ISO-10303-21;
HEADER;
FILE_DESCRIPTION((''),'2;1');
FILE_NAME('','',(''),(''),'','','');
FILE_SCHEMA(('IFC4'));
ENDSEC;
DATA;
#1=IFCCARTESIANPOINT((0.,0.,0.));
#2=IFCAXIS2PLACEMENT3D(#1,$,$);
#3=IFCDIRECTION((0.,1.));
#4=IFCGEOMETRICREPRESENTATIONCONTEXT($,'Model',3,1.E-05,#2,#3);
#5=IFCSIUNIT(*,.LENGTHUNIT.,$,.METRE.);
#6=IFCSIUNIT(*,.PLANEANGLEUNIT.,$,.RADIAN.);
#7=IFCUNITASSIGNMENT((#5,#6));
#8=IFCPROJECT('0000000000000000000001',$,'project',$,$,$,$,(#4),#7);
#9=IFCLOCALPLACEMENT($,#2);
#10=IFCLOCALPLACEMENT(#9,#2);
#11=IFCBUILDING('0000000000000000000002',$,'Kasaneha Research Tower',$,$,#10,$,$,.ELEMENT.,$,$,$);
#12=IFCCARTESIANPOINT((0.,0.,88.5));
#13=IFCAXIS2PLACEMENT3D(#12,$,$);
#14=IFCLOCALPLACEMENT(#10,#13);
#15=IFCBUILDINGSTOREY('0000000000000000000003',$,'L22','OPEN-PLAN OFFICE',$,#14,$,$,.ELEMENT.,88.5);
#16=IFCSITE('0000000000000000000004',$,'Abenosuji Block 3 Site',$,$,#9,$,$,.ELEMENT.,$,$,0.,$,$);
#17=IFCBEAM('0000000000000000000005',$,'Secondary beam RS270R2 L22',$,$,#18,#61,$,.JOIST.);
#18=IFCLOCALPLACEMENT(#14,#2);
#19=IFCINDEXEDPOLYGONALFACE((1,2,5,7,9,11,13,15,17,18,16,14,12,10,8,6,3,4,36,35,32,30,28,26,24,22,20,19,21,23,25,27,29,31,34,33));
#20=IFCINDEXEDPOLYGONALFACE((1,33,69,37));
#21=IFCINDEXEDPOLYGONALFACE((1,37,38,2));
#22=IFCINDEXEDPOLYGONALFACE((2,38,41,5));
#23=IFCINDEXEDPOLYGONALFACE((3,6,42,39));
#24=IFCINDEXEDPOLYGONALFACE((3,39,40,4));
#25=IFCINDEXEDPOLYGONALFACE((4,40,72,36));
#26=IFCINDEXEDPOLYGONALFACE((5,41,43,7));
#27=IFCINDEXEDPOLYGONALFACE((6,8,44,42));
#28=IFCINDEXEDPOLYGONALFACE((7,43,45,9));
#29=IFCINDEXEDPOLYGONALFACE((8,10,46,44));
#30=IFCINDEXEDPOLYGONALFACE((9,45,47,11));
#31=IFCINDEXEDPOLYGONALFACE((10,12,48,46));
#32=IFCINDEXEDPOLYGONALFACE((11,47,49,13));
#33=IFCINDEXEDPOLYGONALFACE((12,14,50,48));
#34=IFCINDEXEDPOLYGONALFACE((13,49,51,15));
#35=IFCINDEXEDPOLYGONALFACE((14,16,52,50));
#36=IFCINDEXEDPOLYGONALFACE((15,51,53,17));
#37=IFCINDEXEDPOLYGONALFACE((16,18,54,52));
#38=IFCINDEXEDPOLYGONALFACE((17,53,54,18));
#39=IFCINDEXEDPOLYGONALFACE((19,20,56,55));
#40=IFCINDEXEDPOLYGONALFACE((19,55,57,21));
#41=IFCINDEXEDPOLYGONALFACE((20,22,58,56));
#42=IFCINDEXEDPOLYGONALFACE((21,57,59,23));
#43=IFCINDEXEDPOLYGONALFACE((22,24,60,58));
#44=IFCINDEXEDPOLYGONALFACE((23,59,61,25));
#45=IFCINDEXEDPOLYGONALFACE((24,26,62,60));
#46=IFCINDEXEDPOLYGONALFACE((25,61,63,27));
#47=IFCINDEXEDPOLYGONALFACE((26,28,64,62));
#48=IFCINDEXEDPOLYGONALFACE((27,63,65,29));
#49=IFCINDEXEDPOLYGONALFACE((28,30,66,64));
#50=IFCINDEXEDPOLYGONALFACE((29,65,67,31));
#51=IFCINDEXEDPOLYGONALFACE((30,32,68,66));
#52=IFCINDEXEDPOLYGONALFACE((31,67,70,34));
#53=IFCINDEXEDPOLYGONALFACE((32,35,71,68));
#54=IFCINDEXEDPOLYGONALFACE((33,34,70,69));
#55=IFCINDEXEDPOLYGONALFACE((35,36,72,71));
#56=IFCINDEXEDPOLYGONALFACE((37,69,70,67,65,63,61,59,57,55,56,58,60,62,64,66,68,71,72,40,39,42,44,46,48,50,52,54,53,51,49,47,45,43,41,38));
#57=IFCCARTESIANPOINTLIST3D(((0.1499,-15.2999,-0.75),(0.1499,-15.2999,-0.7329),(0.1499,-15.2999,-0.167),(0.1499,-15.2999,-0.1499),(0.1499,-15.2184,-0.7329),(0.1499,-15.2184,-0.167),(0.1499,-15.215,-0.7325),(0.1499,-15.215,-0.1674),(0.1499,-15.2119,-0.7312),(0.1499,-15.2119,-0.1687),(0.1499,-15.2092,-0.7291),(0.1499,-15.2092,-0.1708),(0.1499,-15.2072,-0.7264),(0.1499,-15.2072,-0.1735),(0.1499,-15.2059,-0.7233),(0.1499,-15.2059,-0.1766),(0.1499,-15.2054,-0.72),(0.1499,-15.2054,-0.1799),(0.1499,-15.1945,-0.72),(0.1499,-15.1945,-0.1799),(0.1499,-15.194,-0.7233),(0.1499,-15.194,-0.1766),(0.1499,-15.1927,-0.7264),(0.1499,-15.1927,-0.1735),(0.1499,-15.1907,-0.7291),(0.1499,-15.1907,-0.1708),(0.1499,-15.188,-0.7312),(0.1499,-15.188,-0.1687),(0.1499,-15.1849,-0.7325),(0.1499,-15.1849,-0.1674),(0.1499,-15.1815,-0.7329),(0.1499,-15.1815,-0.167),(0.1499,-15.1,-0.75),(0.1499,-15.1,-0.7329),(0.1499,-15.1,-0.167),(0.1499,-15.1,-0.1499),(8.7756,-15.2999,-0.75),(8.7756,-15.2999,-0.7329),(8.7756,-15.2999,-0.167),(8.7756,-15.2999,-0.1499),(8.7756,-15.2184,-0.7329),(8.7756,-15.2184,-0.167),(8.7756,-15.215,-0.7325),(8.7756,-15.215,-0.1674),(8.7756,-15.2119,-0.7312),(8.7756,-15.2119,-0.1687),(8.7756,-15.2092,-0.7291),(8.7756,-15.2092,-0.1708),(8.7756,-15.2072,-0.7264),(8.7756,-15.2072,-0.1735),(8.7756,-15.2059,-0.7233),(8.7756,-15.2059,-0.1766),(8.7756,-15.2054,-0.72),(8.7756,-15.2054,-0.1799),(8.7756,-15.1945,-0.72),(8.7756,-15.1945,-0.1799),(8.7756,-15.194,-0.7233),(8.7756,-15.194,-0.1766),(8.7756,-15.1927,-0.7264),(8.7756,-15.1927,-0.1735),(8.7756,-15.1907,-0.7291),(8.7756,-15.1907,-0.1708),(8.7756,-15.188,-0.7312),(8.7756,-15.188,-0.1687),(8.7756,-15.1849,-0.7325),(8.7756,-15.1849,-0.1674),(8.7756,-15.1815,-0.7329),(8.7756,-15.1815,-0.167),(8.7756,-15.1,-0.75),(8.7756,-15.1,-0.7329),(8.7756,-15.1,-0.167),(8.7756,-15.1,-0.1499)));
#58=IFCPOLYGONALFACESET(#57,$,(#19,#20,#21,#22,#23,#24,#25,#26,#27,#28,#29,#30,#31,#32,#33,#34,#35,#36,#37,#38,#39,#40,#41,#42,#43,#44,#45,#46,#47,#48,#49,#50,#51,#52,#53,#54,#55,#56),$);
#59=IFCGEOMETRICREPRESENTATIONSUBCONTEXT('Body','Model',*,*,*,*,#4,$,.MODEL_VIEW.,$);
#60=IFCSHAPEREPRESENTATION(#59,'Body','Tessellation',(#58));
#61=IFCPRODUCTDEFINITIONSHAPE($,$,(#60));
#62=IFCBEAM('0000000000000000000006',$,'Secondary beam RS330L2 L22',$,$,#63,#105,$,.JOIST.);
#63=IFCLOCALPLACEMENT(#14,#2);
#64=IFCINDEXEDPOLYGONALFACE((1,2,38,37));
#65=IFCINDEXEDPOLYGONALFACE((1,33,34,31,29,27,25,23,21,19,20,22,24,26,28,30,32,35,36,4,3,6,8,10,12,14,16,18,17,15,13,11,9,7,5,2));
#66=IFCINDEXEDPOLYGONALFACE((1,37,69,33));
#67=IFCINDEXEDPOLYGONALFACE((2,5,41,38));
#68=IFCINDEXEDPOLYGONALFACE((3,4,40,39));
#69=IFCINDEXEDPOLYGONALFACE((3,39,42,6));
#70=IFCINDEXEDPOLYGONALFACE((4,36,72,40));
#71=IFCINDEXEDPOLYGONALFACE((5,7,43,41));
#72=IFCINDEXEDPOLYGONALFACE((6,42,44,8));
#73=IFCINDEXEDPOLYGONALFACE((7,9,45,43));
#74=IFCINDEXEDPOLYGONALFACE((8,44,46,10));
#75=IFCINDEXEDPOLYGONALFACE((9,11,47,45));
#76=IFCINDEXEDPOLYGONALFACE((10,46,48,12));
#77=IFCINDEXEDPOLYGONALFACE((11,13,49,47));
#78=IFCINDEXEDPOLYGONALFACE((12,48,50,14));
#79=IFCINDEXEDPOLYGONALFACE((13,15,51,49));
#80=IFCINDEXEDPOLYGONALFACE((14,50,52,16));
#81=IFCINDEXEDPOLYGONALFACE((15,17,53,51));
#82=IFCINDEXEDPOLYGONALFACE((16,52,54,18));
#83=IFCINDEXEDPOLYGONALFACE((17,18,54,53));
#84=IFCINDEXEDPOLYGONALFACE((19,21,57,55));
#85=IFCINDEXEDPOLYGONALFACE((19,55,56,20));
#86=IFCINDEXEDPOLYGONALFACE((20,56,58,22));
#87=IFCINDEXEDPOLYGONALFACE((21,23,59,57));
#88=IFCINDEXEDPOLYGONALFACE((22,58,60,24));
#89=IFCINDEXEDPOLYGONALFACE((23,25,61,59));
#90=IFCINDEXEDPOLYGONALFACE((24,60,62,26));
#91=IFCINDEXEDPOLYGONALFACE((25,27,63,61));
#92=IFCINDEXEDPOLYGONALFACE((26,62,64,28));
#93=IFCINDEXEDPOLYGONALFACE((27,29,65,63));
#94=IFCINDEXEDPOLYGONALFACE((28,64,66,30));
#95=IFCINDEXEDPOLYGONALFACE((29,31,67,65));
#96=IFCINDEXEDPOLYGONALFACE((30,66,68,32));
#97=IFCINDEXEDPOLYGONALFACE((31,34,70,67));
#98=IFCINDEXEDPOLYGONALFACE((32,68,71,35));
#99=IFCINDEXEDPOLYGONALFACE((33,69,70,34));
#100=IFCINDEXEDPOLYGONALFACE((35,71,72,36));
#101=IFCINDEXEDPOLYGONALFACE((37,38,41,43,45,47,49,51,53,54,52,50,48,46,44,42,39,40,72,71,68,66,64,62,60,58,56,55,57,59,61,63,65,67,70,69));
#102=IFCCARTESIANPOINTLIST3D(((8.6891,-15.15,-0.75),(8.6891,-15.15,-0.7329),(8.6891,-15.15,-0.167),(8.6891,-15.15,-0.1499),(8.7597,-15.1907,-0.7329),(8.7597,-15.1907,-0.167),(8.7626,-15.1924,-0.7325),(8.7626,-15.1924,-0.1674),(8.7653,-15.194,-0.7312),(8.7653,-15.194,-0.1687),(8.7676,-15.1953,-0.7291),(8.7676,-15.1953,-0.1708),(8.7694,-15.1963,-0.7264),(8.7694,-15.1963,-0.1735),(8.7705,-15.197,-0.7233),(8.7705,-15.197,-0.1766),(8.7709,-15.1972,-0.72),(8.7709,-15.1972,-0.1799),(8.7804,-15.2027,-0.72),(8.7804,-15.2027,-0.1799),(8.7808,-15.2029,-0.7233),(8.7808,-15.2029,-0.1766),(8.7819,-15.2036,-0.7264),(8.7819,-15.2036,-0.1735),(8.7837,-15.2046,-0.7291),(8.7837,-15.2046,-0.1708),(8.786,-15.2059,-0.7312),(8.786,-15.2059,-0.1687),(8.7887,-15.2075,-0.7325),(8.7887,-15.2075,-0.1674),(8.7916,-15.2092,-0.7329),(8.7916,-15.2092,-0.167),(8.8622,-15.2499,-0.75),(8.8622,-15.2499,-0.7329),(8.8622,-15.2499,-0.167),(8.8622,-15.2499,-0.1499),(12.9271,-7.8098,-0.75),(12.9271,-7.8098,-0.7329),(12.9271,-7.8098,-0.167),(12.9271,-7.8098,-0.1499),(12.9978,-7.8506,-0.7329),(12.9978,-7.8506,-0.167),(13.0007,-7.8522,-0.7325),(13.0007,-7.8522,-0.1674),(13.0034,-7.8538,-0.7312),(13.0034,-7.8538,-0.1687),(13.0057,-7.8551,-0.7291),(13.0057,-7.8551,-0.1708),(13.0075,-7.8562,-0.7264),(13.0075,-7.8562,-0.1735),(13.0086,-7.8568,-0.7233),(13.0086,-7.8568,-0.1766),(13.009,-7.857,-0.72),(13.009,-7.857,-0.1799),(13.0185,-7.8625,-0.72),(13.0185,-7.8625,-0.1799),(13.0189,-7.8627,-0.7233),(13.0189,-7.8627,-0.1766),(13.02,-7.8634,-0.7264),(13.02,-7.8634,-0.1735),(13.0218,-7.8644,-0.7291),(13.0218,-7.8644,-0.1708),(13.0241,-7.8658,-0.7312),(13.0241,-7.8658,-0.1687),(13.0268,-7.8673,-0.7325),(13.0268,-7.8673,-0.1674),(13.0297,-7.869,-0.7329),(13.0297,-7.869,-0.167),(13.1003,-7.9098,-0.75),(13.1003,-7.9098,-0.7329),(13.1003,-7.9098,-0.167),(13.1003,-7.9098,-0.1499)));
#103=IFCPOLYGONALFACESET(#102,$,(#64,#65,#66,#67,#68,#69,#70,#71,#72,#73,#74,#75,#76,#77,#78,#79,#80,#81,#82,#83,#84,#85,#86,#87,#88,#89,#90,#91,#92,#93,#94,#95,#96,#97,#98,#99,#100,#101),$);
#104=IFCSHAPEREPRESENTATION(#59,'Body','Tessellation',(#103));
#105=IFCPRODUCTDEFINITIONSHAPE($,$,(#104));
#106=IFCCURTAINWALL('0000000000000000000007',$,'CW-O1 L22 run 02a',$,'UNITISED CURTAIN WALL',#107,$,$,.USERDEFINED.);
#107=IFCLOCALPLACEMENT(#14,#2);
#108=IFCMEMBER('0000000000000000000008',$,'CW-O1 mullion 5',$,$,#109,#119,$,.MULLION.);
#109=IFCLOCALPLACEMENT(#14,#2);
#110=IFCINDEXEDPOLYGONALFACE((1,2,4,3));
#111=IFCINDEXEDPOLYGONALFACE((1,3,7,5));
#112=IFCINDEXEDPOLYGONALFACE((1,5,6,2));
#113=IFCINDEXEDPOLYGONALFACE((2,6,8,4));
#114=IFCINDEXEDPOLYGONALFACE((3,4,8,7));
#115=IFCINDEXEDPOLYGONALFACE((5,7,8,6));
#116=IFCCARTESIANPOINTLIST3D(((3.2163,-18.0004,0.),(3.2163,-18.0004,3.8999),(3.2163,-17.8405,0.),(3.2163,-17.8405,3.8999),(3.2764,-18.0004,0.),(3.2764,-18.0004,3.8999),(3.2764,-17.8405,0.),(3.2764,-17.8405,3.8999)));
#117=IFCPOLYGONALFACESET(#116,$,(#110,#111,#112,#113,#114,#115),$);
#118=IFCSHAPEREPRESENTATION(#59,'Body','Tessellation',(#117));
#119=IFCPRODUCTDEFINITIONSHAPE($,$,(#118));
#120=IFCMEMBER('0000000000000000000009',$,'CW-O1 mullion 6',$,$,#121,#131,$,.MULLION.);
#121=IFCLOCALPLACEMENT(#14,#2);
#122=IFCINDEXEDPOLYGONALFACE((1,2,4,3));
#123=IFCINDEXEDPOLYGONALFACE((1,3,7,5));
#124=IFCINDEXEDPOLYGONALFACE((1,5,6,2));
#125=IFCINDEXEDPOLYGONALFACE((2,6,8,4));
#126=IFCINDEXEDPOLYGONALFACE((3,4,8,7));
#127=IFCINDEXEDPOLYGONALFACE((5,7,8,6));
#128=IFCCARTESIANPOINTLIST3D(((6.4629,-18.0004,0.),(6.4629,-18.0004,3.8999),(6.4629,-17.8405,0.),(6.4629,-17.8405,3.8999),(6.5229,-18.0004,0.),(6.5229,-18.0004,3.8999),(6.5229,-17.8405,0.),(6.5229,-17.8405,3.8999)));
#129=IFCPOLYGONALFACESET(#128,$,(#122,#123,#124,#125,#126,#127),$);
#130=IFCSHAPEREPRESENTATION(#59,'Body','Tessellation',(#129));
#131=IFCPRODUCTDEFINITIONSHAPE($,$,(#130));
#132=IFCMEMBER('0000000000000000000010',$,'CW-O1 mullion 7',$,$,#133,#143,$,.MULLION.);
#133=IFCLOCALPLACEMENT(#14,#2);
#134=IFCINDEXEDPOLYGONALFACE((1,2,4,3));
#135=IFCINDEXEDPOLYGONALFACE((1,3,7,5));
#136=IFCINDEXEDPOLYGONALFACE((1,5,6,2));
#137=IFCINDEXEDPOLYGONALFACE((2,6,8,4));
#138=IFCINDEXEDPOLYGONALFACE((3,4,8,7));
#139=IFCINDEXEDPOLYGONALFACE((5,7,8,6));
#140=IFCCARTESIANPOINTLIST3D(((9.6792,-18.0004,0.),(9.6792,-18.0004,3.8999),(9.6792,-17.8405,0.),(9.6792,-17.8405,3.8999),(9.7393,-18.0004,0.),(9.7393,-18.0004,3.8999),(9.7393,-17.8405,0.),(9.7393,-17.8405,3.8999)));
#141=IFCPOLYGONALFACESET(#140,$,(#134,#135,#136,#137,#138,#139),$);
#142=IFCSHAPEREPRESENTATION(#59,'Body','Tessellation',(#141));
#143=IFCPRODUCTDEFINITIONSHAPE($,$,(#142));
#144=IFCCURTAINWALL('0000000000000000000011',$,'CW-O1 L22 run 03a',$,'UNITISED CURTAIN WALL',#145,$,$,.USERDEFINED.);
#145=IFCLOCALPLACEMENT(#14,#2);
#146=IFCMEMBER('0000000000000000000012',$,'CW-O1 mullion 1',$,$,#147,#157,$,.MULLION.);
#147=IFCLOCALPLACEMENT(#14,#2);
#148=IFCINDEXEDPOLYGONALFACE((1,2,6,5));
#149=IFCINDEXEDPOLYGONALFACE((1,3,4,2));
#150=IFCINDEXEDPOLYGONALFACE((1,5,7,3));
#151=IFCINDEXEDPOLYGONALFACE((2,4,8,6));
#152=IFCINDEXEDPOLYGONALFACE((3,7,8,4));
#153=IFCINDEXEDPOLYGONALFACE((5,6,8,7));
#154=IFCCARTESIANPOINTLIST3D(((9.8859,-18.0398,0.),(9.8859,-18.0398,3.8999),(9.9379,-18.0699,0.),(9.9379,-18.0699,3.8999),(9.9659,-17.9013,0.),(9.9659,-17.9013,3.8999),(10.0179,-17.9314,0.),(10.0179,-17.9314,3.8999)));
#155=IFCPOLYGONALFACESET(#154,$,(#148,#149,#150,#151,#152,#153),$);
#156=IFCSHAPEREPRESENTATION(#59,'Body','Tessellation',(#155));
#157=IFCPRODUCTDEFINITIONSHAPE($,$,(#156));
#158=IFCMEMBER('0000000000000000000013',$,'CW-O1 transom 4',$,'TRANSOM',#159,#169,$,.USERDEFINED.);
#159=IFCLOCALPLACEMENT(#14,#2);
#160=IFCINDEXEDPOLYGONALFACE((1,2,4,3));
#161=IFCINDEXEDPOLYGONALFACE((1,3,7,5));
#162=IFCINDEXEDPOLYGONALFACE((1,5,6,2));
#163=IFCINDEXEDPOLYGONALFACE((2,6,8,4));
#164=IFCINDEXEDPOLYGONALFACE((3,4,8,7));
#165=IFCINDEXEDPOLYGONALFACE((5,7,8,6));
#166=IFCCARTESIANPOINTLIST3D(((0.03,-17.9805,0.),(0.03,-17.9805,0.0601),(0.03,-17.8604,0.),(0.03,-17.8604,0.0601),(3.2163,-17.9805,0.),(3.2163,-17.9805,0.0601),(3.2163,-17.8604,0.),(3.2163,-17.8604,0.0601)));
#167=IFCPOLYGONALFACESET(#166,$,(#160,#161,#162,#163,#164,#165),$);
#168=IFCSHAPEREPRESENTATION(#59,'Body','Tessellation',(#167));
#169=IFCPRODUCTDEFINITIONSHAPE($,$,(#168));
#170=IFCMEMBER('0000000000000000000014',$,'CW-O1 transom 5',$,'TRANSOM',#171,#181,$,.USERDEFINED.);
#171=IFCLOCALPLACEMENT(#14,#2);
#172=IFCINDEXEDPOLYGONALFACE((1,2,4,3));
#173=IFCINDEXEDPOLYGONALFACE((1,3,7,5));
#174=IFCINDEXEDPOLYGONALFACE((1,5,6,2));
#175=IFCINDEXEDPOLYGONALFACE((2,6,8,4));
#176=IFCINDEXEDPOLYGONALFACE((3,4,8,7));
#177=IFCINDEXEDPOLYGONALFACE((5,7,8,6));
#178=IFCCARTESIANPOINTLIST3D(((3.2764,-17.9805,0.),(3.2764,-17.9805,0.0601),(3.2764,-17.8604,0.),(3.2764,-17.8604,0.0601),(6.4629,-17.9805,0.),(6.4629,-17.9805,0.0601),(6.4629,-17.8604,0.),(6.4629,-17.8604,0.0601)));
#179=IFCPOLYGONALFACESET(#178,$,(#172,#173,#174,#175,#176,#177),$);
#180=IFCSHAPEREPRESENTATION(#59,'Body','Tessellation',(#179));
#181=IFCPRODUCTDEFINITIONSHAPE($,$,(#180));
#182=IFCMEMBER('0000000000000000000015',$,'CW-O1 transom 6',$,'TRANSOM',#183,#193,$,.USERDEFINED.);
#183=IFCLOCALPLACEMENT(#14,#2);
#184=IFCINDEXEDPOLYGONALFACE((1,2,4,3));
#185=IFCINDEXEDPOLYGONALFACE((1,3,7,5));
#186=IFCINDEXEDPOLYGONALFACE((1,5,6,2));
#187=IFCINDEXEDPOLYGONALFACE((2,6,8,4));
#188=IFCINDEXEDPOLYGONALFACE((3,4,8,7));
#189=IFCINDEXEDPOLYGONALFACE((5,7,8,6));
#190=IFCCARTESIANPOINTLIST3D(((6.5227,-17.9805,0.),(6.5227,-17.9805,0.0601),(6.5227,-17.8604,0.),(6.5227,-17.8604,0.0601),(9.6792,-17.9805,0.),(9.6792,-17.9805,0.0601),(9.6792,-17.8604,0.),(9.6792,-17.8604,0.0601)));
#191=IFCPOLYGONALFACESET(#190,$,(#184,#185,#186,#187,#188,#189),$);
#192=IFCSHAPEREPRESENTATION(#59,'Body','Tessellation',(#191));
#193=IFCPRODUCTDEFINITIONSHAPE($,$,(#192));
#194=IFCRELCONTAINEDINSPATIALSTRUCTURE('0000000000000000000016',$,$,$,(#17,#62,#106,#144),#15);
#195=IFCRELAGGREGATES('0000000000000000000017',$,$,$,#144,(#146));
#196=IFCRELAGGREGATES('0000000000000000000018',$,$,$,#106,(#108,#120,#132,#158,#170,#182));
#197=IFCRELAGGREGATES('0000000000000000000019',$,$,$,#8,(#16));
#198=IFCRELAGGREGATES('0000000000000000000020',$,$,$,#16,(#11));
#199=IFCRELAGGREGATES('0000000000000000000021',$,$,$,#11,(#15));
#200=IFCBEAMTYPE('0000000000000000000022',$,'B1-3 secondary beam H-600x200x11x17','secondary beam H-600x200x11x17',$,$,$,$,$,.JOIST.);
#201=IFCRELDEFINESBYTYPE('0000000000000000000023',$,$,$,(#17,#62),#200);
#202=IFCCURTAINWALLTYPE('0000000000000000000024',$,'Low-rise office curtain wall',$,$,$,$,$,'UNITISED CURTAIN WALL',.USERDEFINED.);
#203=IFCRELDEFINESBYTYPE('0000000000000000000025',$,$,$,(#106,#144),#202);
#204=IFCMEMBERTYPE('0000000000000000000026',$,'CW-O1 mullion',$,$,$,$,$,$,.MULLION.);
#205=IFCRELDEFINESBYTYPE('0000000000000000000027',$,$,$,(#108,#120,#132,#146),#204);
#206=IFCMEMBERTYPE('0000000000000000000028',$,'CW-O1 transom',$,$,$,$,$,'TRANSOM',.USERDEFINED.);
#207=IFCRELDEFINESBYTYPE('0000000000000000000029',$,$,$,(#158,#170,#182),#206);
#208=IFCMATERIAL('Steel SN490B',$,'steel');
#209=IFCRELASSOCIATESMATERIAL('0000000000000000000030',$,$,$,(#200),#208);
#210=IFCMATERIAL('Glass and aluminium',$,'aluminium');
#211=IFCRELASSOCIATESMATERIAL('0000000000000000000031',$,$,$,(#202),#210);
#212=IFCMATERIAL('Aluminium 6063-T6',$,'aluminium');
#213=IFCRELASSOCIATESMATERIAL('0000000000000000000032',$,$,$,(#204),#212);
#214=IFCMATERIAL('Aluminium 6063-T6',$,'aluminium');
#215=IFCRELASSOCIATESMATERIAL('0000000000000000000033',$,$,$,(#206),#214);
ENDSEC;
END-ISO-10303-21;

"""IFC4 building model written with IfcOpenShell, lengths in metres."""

from ifc_helpers import new_model, si_unit, direction, frame, origin, origin_2d, place, context, subcontext, project, spatial, rectangle, i_section, extrude, material, material_profile, profile_set, type_object, element, aggregate, save


model = new_model("IFC4")

# Units and contexts
model_context = context("Model", 3, precision=1e-05, world=origin(), true_north=direction((0.0, 1.0)))
body_context = subcontext(model_context, "Body", "Model", "MODEL_VIEW")
ifc_project = project(units=[si_unit("LENGTHUNIT", "METRE"), si_unit("PLANEANGLEUNIT", "RADIAN")], contexts=[model_context])

# Site, building, storey
site_placement = place(None, origin())
site = spatial("IfcSite", under=ifc_project, at=site_placement, Name="Abenosuji Block 3 Site", CompositionType="ELEMENT", RefElevation=0.0)
building_placement = place(site_placement, origin())
building = spatial("IfcBuilding", under=site, at=building_placement, Name="Kasaneha Research Tower", CompositionType="ELEMENT")
storey_placement = place(building_placement, frame((0.0, 0.0, 88.5)))
storey = spatial("IfcBuildingStorey", under=building, at=storey_placement, Name="L22", Description="OPEN-PLAN OFFICE", CompositionType="ELEMENT", Elevation=88.5)

# Beams
ifc_material_1 = material(Name="Steel SN490B", Category="steel")
ifc_material_profile_1 = material_profile(ifc_material_1, i_section(OverallWidth=0.2, OverallDepth=0.6001, WebThickness=0.011, FlangeThickness=0.0171, FilletRadius=0.0129, at=origin_2d()), Name="H-600x200x11x17")
ifc_profile_set_1 = profile_set([ifc_material_profile_1], Name="Steel SN490B")
beam_type = type_object("IfcBeamType", Name="B1-3 secondary beam H-600x200x11x17", Description="secondary beam H-600x200x11x17", PredefinedType="JOIST", material=ifc_profile_set_1)
beam_1_placement = place(storey_placement, frame((8.7756, -15.2, -0.45), z_axis=(-1.0, 0.0, 0.0), x_axis=(0.0, -1.0, 0.0)))
element("IfcBeam", 1, at=beam_1_placement, inside=storey, type_object=beam_type, Name="Secondary beam RS270R2 L22", PredefinedType="JOIST", context=body_context, shape_type="SweptSolid", body=[
    extrude(i_section(OverallWidth=0.2, OverallDepth=0.6001, WebThickness=0.011, FlangeThickness=0.0171, FilletRadius=0.0129, at=origin_2d()), origin(), (0.0, 0.0, 1.0), 8.6257),
])
beam_2_placement = place(storey_placement, frame((8.7756, -15.2, -0.45), z_axis=(0.500021, 0.866013, 0.0), x_axis=(-0.866013, 0.500021, 0.0)))
element("IfcBeam", 2, at=beam_2_placement, inside=storey, type_object=beam_type, Name="Secondary beam RS330L2 L22", PredefinedType="JOIST", context=body_context, shape_type="SweptSolid", body=[
    extrude(i_section(OverallWidth=0.2, OverallDepth=0.6001, WebThickness=0.011, FlangeThickness=0.0171, FilletRadius=0.0129, at=origin_2d()), origin(), (0.0, 0.0, 1.0), 8.4758),
])

# Curtain wall, members
ifc_material_2 = material(Name="Glass and aluminium", Category="aluminium")
curtain_wall_type = type_object("IfcCurtainWallType", Name="Low-rise office curtain wall", ElementType="UNITISED CURTAIN WALL", PredefinedType="USERDEFINED", material=ifc_material_2)
curtain_wall_1_placement = place(storey_placement, origin())
curtain_wall_1 = element("IfcCurtainWall", 3, at=curtain_wall_1_placement, inside=storey, type_object=curtain_wall_type, Name="CW-O1 L22 run 02a", ObjectType="UNITISED CURTAIN WALL", PredefinedType="USERDEFINED")
ifc_material_3 = material(Name="Aluminium 6063-T6", Category="aluminium")
ifc_material_profile_2 = material_profile(ifc_material_3, rectangle(XDim=0.0601, YDim=0.1599, at=origin_2d()), Name="CW-O1 mullion 60x160")
ifc_profile_set_2 = profile_set([ifc_material_profile_2], Name="Aluminium 6063-T6")
member_type_1 = type_object("IfcMemberType", Name="CW-O1 mullion", PredefinedType="MULLION", material=ifc_profile_set_2)
member_1_placement = place(storey_placement, frame((3.2463, -17.9204, 0.0), z_axis=(0.0, 0.0, 1.0), x_axis=(1.0, 0.0, 0.0)))
member_1 = element("IfcMember", 4, at=member_1_placement, type_object=member_type_1, Name="CW-O1 mullion 5", PredefinedType="MULLION", context=body_context, shape_type="SweptSolid", body=[
    extrude(rectangle(XDim=0.0601, YDim=0.1599, at=origin_2d()), origin(), (0.0, 0.0, 1.0), 3.8999),
])
member_2_placement = place(storey_placement, frame((6.4929, -17.9204, 0.0), z_axis=(0.0, 0.0, 1.0), x_axis=(1.0, 0.0, 0.0)))
member_2 = element("IfcMember", 5, at=member_2_placement, type_object=member_type_1, Name="CW-O1 mullion 6", PredefinedType="MULLION", context=body_context, shape_type="SweptSolid", body=[
    extrude(rectangle(XDim=0.0601, YDim=0.1599, at=origin_2d()), origin(), (0.0, 0.0, 1.0), 3.8999),
])
member_3_placement = place(storey_placement, frame((9.7092, -17.9204, 0.0), z_axis=(0.0, 0.0, 1.0), x_axis=(1.0, 0.0, 0.0)))
member_3 = element("IfcMember", 6, at=member_3_placement, type_object=member_type_1, Name="CW-O1 mullion 7", PredefinedType="MULLION", context=body_context, shape_type="SweptSolid", body=[
    extrude(rectangle(XDim=0.0601, YDim=0.1599, at=origin_2d()), origin(), (0.0, 0.0, 1.0), 3.8999),
])

# Curtain wall, member
curtain_wall_2_placement = place(storey_placement, origin())
curtain_wall_2 = element("IfcCurtainWall", 7, at=curtain_wall_2_placement, inside=storey, type_object=curtain_wall_type, Name="CW-O1 L22 run 03a", ObjectType="UNITISED CURTAIN WALL", PredefinedType="USERDEFINED")
member_4_placement = place(storey_placement, frame((9.9519, -17.9856, 0.0), z_axis=(0.0, 0.0, 1.0), x_axis=(0.866025, -0.5, 0.0)))
member_4 = element("IfcMember", 8, at=member_4_placement, type_object=member_type_1, Name="CW-O1 mullion 1", PredefinedType="MULLION", context=body_context, shape_type="SweptSolid", body=[
    extrude(rectangle(XDim=0.0601, YDim=0.1599, at=origin_2d()), origin(), (0.0, 0.0, 1.0), 3.8999),
])
aggregate(curtain_wall_2, [member_4])

# Members
ifc_material_4 = material(Name="Aluminium 6063-T6", Category="aluminium")
ifc_material_profile_3 = material_profile(ifc_material_4, rectangle(XDim=0.1201, YDim=0.0601, at=origin_2d()), Name="CW-O1 transom 120x60")
ifc_profile_set_3 = profile_set([ifc_material_profile_3], Name="Aluminium 6063-T6")
member_type_2 = type_object("IfcMemberType", Name="CW-O1 transom", ElementType="TRANSOM", PredefinedType="USERDEFINED", material=ifc_profile_set_3)
member_5_placement = place(storey_placement, frame((0.03, -17.9204, 0.03), z_axis=(1.0, 0.0, 0.0), x_axis=(0.0, 1.0, 0.0)))
member_5 = element("IfcMember", 9, at=member_5_placement, type_object=member_type_2, Name="CW-O1 transom 4", ObjectType="TRANSOM", PredefinedType="USERDEFINED", context=body_context, shape_type="SweptSolid", body=[
    extrude(rectangle(XDim=0.1201, YDim=0.0601, at=origin_2d()), origin(), (0.0, 0.0, 1.0), 3.1863),
])
member_6_placement = place(storey_placement, frame((3.2764, -17.9204, 0.03), z_axis=(1.0, 0.0, 0.0), x_axis=(0.0, 1.0, 0.0)))
member_6 = element("IfcMember", 10, at=member_6_placement, type_object=member_type_2, Name="CW-O1 transom 5", ObjectType="TRANSOM", PredefinedType="USERDEFINED", context=body_context, shape_type="SweptSolid", body=[
    extrude(rectangle(XDim=0.1201, YDim=0.0601, at=origin_2d()), origin(), (0.0, 0.0, 1.0), 3.1865),
])
member_7_placement = place(storey_placement, frame((6.5227, -17.9204, 0.03), z_axis=(1.0, 0.0, 0.0), x_axis=(0.0, 1.0, 0.0)))
member_7 = element("IfcMember", 11, at=member_7_placement, type_object=member_type_2, Name="CW-O1 transom 6", ObjectType="TRANSOM", PredefinedType="USERDEFINED", context=body_context, shape_type="SweptSolid", body=[
    extrude(rectangle(XDim=0.1201, YDim=0.0601, at=origin_2d()), origin(), (0.0, 0.0, 1.0), 3.1565),
])

aggregate(curtain_wall_1, [member_1, member_2, member_3, member_5, member_6, member_7])

save(model, "model.ifc")
